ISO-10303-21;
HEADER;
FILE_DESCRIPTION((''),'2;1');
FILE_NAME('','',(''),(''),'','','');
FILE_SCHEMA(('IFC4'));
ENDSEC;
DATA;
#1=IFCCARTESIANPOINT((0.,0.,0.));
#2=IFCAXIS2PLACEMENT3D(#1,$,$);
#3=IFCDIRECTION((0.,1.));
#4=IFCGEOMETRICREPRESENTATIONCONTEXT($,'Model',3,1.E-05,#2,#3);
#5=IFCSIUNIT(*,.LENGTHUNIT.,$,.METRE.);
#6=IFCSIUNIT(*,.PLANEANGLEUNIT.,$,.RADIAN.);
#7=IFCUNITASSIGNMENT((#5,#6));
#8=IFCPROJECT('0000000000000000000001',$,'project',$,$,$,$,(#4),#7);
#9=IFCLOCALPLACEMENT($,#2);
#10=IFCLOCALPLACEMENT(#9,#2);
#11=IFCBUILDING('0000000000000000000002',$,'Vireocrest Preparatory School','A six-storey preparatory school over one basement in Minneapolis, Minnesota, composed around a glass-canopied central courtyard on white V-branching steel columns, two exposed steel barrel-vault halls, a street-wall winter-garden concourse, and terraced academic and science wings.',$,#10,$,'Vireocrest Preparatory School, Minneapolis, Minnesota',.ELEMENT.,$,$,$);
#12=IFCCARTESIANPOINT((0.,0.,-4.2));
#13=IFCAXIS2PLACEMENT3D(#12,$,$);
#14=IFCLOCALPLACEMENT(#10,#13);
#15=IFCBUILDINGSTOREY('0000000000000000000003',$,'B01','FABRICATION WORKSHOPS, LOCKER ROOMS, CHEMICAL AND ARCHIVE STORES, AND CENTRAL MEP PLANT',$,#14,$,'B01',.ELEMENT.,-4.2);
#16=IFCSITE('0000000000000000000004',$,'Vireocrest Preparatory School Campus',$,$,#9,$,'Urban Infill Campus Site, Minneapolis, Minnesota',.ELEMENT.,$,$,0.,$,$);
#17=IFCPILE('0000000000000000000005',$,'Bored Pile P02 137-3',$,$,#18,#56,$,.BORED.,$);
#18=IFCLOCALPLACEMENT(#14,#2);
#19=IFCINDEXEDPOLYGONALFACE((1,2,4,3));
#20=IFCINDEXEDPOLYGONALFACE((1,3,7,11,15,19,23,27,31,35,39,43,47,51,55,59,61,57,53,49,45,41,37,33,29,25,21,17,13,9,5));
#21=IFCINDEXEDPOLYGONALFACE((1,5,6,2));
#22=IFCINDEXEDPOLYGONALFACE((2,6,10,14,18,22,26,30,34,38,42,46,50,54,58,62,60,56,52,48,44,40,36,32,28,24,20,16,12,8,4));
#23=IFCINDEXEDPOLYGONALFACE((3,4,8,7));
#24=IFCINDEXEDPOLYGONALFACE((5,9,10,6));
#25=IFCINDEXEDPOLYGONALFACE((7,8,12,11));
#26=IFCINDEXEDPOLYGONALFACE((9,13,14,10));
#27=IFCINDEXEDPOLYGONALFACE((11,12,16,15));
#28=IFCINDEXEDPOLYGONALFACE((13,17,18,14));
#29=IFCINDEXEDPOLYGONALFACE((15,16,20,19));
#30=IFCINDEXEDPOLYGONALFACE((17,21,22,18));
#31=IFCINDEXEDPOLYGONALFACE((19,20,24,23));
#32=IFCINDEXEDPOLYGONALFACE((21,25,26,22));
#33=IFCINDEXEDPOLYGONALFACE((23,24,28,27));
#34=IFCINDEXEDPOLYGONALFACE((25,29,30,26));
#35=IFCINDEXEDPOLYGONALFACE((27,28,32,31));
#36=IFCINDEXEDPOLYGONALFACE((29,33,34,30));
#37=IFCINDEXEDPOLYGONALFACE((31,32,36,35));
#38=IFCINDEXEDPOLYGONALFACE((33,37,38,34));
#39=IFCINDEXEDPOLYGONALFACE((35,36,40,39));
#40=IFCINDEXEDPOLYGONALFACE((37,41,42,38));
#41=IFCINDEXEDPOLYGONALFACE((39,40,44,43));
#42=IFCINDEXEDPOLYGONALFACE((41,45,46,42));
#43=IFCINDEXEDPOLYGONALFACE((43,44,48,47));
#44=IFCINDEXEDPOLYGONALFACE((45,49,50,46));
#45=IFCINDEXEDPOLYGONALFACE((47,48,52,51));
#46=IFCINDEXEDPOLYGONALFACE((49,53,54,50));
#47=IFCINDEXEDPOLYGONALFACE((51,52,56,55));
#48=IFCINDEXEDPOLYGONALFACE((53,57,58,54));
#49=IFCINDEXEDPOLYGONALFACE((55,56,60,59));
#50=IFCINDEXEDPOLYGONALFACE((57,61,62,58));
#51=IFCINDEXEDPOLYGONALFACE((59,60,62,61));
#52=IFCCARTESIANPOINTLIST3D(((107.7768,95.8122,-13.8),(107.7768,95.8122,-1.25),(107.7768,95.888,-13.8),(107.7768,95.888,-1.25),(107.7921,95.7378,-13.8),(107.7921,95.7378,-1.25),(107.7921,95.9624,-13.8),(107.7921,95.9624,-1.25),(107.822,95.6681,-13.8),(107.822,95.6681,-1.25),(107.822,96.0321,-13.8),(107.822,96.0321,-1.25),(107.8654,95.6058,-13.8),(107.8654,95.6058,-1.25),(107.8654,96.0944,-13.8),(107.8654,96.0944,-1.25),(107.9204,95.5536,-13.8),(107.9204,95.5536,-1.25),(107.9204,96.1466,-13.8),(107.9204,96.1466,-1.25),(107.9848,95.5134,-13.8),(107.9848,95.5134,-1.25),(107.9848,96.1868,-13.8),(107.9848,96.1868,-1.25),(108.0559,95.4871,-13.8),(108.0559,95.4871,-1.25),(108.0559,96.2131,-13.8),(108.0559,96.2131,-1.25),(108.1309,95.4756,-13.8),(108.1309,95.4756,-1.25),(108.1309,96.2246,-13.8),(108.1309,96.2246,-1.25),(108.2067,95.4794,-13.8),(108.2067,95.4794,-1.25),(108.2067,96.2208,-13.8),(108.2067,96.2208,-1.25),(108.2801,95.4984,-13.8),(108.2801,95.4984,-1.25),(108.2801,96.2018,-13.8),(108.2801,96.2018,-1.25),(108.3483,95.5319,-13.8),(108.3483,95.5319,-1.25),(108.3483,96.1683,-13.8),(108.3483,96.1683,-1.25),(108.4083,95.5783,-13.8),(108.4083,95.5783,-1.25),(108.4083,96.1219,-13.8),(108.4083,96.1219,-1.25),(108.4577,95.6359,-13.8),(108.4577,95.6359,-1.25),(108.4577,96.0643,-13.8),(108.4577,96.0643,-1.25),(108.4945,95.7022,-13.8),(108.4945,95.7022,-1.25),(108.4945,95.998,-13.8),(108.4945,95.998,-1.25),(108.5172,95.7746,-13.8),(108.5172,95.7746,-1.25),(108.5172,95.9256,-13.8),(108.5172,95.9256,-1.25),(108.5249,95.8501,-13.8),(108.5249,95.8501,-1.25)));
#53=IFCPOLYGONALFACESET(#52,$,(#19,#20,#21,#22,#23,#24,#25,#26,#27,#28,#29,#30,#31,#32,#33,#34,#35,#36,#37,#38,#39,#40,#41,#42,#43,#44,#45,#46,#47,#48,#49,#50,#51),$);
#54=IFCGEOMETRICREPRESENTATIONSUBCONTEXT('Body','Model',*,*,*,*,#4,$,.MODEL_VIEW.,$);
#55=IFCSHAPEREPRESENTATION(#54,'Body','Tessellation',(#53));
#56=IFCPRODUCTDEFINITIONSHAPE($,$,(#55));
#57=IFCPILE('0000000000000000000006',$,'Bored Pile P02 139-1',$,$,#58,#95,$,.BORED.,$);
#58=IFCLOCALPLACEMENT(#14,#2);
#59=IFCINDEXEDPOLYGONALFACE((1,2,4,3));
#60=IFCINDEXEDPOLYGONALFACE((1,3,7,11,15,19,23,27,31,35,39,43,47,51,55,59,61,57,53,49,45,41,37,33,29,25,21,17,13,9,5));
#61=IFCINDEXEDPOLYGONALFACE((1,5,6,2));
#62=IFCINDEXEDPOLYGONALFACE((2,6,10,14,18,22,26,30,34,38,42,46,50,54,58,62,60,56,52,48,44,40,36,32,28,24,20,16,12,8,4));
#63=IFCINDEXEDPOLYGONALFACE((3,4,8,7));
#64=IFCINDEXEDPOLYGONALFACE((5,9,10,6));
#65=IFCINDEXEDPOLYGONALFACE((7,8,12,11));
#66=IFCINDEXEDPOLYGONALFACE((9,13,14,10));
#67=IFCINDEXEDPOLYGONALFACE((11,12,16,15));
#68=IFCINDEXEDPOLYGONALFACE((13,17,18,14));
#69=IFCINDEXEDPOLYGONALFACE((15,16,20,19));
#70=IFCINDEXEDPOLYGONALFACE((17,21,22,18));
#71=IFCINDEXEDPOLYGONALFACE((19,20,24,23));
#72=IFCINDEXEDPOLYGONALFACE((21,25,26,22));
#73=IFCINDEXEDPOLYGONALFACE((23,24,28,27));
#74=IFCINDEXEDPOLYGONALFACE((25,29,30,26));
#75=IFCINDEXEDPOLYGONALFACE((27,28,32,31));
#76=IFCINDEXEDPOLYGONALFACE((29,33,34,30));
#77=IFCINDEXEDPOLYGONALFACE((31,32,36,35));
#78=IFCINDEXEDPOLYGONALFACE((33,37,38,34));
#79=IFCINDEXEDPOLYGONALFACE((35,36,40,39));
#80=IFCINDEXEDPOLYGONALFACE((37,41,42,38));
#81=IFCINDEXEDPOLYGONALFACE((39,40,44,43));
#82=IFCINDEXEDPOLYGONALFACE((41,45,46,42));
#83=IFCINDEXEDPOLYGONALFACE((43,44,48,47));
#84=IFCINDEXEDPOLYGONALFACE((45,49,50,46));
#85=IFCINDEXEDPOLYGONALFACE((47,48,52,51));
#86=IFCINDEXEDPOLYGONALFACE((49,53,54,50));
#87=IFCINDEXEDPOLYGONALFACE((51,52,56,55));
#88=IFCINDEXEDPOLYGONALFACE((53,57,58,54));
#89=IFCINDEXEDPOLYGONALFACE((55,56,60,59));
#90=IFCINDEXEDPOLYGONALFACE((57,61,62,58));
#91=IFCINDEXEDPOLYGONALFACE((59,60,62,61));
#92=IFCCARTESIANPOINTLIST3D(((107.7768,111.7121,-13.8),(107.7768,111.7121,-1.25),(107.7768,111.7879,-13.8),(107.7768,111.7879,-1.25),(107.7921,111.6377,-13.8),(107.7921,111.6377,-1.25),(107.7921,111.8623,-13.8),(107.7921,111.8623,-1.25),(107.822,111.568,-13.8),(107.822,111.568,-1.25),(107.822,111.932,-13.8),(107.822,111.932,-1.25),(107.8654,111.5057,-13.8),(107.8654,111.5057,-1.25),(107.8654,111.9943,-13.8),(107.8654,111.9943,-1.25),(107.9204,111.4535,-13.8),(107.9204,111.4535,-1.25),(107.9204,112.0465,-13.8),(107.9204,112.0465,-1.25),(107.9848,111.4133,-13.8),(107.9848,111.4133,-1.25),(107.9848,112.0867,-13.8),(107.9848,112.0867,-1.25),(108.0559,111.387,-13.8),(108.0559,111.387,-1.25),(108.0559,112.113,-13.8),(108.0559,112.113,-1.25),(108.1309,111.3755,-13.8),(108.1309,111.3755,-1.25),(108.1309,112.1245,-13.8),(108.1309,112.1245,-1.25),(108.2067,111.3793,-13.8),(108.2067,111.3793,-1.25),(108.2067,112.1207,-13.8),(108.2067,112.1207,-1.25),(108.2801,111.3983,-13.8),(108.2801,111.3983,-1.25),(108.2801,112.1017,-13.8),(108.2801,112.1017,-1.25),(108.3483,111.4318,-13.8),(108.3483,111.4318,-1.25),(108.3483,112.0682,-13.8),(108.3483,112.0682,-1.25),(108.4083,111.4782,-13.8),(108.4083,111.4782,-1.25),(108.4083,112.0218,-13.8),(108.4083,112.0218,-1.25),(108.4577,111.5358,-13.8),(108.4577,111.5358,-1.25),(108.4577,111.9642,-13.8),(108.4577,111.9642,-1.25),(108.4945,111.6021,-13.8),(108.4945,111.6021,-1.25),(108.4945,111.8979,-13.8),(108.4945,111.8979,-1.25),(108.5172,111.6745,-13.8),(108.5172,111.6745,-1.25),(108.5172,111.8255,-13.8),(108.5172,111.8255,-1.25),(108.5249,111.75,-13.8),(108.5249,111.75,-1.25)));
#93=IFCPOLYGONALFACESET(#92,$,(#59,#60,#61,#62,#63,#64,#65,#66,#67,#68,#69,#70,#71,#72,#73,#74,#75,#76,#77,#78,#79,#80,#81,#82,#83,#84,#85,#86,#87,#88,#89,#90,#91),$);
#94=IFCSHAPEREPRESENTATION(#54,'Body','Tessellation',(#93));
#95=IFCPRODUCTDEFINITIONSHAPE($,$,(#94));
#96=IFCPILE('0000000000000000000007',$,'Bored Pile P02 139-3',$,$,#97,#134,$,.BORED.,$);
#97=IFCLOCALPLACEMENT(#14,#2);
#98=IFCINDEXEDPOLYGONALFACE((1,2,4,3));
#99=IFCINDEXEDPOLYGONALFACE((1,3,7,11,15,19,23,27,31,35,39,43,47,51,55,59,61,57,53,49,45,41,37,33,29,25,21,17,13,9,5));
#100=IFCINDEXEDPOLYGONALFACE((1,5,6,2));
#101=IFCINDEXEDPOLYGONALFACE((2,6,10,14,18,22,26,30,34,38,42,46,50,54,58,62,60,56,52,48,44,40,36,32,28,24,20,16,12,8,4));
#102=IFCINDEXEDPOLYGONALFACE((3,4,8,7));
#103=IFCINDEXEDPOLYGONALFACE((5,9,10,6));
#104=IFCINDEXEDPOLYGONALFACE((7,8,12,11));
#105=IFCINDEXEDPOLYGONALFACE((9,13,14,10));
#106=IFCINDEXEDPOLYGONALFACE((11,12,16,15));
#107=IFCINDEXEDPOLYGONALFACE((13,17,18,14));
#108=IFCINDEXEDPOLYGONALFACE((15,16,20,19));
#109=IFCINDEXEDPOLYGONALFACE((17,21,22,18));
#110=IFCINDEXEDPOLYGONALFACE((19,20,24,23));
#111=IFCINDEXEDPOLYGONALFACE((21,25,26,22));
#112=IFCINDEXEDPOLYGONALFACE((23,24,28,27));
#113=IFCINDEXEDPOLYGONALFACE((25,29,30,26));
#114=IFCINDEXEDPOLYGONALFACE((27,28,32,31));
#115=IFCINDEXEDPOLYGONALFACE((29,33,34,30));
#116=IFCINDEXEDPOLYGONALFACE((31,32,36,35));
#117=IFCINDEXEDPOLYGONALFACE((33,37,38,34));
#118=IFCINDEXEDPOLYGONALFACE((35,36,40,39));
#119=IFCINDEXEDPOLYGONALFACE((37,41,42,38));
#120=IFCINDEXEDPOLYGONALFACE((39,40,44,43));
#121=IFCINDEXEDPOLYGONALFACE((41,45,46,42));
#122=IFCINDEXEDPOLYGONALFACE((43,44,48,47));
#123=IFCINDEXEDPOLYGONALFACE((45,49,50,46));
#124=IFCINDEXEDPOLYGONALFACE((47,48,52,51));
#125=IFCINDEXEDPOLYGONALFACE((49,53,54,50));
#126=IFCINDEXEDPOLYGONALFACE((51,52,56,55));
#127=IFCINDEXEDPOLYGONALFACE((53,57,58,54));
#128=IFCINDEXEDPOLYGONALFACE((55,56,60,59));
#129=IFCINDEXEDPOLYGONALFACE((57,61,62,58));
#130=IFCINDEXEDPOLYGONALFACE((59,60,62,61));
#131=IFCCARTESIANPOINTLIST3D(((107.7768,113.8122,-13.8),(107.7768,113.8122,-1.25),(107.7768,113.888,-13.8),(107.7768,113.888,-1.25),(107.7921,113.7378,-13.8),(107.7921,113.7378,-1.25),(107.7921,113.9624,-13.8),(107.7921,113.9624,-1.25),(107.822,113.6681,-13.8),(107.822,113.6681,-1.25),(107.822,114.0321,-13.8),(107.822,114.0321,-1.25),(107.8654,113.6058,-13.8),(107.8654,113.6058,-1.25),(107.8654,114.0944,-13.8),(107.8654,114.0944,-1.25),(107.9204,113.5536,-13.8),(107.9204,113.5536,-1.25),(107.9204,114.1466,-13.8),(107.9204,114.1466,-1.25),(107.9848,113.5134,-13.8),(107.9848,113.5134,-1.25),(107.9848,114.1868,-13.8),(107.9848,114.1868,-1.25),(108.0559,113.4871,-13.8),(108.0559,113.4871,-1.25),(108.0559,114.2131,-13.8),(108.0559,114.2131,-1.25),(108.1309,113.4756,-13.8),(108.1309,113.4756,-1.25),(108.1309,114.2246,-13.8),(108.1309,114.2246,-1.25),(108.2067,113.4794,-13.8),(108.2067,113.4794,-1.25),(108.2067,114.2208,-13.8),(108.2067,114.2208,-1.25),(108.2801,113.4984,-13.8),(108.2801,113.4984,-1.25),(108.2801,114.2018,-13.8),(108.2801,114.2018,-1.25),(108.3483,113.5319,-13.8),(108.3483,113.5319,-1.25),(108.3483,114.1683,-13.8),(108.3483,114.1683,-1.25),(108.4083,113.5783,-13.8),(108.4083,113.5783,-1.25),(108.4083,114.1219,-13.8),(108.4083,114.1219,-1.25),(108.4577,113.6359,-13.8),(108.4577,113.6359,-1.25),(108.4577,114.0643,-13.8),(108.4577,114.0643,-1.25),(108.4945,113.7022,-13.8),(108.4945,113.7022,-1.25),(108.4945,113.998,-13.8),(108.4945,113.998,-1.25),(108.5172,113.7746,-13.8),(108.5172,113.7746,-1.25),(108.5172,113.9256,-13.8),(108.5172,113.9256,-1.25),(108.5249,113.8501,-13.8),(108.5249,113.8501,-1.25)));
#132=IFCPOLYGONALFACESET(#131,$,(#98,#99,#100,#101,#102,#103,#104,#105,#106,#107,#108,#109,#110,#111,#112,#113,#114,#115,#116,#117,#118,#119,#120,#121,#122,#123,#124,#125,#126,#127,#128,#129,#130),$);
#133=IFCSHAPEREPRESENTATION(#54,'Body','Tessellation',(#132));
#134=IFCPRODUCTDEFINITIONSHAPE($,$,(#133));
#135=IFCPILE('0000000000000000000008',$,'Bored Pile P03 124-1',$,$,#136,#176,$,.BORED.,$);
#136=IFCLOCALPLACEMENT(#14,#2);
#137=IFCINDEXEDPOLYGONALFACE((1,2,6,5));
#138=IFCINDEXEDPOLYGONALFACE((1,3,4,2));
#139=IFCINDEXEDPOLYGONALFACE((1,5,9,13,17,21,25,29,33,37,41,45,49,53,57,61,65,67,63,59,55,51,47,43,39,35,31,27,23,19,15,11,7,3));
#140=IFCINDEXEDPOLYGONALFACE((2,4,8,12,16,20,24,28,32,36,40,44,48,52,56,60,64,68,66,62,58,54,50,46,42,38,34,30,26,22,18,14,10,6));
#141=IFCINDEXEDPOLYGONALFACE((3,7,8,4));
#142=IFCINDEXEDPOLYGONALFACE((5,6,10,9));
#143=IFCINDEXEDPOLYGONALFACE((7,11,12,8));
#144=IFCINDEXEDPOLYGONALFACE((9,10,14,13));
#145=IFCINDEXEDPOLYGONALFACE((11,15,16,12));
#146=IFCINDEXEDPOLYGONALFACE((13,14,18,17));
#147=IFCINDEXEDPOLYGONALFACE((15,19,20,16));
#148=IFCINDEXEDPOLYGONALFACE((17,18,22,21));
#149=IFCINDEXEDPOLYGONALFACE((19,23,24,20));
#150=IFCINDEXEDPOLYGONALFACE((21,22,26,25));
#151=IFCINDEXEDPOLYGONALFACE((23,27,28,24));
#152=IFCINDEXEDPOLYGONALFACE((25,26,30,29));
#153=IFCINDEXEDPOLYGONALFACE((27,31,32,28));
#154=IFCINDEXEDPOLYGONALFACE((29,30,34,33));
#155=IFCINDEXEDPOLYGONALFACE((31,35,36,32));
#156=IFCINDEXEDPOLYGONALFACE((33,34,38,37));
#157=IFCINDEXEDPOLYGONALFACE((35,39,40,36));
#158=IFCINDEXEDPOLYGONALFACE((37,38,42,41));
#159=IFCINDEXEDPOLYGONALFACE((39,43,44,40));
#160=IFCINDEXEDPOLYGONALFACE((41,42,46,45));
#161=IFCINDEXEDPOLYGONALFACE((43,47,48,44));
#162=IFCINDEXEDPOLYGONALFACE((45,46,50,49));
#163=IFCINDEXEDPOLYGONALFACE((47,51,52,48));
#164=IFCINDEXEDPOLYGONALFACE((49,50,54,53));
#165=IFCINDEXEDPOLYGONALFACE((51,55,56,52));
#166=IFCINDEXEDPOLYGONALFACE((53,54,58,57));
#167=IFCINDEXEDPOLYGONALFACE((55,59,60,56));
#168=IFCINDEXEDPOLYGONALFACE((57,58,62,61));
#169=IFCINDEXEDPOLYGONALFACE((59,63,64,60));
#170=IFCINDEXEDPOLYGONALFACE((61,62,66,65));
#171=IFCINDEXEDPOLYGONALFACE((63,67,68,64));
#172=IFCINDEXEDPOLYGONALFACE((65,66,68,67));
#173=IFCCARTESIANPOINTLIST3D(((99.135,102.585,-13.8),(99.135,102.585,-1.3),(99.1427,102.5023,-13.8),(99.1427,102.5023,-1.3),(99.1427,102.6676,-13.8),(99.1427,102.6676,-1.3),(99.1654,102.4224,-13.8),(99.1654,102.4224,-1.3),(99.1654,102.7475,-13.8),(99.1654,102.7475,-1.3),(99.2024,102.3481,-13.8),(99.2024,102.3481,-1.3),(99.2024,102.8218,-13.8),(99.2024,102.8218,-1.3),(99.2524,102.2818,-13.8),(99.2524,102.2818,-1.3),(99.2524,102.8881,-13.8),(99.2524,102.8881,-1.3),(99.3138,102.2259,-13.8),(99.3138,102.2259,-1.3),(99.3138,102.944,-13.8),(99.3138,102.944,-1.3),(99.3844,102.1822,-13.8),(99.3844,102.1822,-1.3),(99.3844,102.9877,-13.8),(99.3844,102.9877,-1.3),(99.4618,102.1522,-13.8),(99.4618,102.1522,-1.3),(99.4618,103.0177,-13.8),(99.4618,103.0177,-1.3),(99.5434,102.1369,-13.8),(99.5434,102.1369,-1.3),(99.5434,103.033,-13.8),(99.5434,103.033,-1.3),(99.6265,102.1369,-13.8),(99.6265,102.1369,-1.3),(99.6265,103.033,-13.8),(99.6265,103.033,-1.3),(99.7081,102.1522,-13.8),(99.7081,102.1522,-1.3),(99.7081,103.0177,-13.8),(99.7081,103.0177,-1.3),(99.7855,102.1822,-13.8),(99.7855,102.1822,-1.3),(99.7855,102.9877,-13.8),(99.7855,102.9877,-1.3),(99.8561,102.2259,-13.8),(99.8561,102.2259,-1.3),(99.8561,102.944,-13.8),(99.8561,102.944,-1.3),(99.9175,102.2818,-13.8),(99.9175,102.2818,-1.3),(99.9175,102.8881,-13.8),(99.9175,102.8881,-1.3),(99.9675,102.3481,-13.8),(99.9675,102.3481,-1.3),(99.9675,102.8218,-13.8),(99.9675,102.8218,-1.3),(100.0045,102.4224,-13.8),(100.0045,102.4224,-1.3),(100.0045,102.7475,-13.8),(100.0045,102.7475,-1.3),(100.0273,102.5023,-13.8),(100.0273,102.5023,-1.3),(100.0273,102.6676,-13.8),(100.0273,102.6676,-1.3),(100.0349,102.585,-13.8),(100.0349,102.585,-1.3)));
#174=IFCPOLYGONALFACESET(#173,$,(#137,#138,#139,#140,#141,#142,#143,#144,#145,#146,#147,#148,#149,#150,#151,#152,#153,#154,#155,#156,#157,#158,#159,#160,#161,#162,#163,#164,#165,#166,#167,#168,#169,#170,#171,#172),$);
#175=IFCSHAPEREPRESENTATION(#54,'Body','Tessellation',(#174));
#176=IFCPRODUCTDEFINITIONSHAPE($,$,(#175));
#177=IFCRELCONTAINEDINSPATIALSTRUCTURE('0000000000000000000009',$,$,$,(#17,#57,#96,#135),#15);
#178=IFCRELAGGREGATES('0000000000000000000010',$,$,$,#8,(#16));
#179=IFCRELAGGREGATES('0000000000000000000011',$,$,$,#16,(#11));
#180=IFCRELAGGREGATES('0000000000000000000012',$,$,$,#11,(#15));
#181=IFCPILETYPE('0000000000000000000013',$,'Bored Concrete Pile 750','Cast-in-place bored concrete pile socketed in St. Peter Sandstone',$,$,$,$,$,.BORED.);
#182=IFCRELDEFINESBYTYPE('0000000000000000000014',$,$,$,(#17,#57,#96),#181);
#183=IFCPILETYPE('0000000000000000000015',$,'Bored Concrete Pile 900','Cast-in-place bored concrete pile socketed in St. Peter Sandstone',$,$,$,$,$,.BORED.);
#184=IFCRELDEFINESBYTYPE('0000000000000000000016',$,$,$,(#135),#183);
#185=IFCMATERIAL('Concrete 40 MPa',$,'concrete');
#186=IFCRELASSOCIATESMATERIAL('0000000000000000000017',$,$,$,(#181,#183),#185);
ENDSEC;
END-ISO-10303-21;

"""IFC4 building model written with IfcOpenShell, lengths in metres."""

from ifc_helpers import new_model, si_unit, direction, frame, origin, origin_2d, place, context, subcontext, project, spatial, circle, extrude, material, material_profile, profile_set, type_object, element, save


model = new_model("IFC4")

# Units and contexts
model_context = context("Model", 3, precision=1e-05, world=origin(), true_north=direction((0.0, 1.0)))
body_context = subcontext(model_context, "Body", "Model", "MODEL_VIEW")
ifc_project = project(units=[si_unit("LENGTHUNIT", "METRE"), si_unit("PLANEANGLEUNIT", "RADIAN")], contexts=[model_context])

# Site, building, storey
site_placement = place(None, origin())
site = spatial("IfcSite", under=ifc_project, at=site_placement, Name="Vireocrest Preparatory School Campus", LongName="Urban Infill Campus Site, Minneapolis, Minnesota", CompositionType="ELEMENT", RefElevation=0.0)
building_placement = place(site_placement, origin())
building = spatial("IfcBuilding", under=site, at=building_placement, Name="Vireocrest Preparatory School", Description="A six-storey preparatory school over one basement in Minneapolis, Minnesota, composed around a glass-canopied central courtyard on white V-branching steel columns, two exposed steel barrel-vault halls, a street-wall winter-garden concourse, and terraced academic and science wings.", LongName="Vireocrest Preparatory School, Minneapolis, Minnesota", CompositionType="ELEMENT")
storey_placement = place(building_placement, frame((0.0, 0.0, -4.2)))
storey = spatial("IfcBuildingStorey", under=building, at=storey_placement, Name="B01", Description="FABRICATION WORKSHOPS, LOCKER ROOMS, CHEMICAL AND ARCHIVE STORES, AND CENTRAL MEP PLANT", LongName="B01", CompositionType="ELEMENT", Elevation=-4.2)

# Piles
ifc_material_1 = material(Name="Concrete 40 MPa", Category="concrete")
ifc_material_profile_1 = material_profile(ifc_material_1, circle(Radius=0.375, at=origin_2d()), Name="BORED PILE 750")
ifc_profile_set_1 = profile_set([ifc_material_profile_1], Name="Concrete 40 MPa")
pile_type_1 = type_object("IfcPileType", Name="Bored Concrete Pile 750", Description="Cast-in-place bored concrete pile socketed in St. Peter Sandstone", PredefinedType="BORED", material=ifc_profile_set_1)
for number, where, z_axis, x_axis, name in (
    (1, (108.1499, 95.8501, -1.25), (0.0, 0.0, -1.0), (1.0, 0.0, 0.0), "Bored Pile P02 137-3"),
    (2, (108.1499, 111.75, -1.25), (0.0, 0.0, -1.0), (1.0, 0.0, 0.0), "Bored Pile P02 139-1"),
    (3, (108.1499, 113.8501, -1.25), (0.0, 0.0, -1.0), (1.0, 0.0, 0.0), "Bored Pile P02 139-3"),
):
    element("IfcPile", number, at=place(storey_placement, frame(where, z_axis=z_axis, x_axis=x_axis)), inside=storey, type_object=pile_type_1, Name=name, PredefinedType="BORED", context=body_context, shape_type="SweptSolid", body=[
        extrude(circle(Radius=0.375, at=origin_2d()), origin(), (0.0, 0.0, 1.0), 12.55),
    ])
ifc_material_profile_2 = material_profile(ifc_material_1, circle(Radius=0.45, at=origin_2d()), Name="BORED PILE 900")
ifc_profile_set_2 = profile_set([ifc_material_profile_2], Name="Concrete 40 MPa")
pile_type_2 = type_object("IfcPileType", Name="Bored Concrete Pile 900", Description="Cast-in-place bored concrete pile socketed in St. Peter Sandstone", PredefinedType="BORED", material=ifc_profile_set_2)
for number, where, z_axis, x_axis, name in (
    (4, (99.585, 102.585, -1.3), (0.0, 0.0, -1.0), (1.0, 0.0, 0.0), "Bored Pile P03 124-1"),
):
    element("IfcPile", number, at=place(storey_placement, frame(where, z_axis=z_axis, x_axis=x_axis)), inside=storey, type_object=pile_type_2, Name=name, PredefinedType="BORED", context=body_context, shape_type="SweptSolid", body=[
        extrude(circle(Radius=0.45, at=origin_2d()), origin(), (0.0, 0.0, 1.0), 12.5),
    ])

save(model, "model.ifc")
